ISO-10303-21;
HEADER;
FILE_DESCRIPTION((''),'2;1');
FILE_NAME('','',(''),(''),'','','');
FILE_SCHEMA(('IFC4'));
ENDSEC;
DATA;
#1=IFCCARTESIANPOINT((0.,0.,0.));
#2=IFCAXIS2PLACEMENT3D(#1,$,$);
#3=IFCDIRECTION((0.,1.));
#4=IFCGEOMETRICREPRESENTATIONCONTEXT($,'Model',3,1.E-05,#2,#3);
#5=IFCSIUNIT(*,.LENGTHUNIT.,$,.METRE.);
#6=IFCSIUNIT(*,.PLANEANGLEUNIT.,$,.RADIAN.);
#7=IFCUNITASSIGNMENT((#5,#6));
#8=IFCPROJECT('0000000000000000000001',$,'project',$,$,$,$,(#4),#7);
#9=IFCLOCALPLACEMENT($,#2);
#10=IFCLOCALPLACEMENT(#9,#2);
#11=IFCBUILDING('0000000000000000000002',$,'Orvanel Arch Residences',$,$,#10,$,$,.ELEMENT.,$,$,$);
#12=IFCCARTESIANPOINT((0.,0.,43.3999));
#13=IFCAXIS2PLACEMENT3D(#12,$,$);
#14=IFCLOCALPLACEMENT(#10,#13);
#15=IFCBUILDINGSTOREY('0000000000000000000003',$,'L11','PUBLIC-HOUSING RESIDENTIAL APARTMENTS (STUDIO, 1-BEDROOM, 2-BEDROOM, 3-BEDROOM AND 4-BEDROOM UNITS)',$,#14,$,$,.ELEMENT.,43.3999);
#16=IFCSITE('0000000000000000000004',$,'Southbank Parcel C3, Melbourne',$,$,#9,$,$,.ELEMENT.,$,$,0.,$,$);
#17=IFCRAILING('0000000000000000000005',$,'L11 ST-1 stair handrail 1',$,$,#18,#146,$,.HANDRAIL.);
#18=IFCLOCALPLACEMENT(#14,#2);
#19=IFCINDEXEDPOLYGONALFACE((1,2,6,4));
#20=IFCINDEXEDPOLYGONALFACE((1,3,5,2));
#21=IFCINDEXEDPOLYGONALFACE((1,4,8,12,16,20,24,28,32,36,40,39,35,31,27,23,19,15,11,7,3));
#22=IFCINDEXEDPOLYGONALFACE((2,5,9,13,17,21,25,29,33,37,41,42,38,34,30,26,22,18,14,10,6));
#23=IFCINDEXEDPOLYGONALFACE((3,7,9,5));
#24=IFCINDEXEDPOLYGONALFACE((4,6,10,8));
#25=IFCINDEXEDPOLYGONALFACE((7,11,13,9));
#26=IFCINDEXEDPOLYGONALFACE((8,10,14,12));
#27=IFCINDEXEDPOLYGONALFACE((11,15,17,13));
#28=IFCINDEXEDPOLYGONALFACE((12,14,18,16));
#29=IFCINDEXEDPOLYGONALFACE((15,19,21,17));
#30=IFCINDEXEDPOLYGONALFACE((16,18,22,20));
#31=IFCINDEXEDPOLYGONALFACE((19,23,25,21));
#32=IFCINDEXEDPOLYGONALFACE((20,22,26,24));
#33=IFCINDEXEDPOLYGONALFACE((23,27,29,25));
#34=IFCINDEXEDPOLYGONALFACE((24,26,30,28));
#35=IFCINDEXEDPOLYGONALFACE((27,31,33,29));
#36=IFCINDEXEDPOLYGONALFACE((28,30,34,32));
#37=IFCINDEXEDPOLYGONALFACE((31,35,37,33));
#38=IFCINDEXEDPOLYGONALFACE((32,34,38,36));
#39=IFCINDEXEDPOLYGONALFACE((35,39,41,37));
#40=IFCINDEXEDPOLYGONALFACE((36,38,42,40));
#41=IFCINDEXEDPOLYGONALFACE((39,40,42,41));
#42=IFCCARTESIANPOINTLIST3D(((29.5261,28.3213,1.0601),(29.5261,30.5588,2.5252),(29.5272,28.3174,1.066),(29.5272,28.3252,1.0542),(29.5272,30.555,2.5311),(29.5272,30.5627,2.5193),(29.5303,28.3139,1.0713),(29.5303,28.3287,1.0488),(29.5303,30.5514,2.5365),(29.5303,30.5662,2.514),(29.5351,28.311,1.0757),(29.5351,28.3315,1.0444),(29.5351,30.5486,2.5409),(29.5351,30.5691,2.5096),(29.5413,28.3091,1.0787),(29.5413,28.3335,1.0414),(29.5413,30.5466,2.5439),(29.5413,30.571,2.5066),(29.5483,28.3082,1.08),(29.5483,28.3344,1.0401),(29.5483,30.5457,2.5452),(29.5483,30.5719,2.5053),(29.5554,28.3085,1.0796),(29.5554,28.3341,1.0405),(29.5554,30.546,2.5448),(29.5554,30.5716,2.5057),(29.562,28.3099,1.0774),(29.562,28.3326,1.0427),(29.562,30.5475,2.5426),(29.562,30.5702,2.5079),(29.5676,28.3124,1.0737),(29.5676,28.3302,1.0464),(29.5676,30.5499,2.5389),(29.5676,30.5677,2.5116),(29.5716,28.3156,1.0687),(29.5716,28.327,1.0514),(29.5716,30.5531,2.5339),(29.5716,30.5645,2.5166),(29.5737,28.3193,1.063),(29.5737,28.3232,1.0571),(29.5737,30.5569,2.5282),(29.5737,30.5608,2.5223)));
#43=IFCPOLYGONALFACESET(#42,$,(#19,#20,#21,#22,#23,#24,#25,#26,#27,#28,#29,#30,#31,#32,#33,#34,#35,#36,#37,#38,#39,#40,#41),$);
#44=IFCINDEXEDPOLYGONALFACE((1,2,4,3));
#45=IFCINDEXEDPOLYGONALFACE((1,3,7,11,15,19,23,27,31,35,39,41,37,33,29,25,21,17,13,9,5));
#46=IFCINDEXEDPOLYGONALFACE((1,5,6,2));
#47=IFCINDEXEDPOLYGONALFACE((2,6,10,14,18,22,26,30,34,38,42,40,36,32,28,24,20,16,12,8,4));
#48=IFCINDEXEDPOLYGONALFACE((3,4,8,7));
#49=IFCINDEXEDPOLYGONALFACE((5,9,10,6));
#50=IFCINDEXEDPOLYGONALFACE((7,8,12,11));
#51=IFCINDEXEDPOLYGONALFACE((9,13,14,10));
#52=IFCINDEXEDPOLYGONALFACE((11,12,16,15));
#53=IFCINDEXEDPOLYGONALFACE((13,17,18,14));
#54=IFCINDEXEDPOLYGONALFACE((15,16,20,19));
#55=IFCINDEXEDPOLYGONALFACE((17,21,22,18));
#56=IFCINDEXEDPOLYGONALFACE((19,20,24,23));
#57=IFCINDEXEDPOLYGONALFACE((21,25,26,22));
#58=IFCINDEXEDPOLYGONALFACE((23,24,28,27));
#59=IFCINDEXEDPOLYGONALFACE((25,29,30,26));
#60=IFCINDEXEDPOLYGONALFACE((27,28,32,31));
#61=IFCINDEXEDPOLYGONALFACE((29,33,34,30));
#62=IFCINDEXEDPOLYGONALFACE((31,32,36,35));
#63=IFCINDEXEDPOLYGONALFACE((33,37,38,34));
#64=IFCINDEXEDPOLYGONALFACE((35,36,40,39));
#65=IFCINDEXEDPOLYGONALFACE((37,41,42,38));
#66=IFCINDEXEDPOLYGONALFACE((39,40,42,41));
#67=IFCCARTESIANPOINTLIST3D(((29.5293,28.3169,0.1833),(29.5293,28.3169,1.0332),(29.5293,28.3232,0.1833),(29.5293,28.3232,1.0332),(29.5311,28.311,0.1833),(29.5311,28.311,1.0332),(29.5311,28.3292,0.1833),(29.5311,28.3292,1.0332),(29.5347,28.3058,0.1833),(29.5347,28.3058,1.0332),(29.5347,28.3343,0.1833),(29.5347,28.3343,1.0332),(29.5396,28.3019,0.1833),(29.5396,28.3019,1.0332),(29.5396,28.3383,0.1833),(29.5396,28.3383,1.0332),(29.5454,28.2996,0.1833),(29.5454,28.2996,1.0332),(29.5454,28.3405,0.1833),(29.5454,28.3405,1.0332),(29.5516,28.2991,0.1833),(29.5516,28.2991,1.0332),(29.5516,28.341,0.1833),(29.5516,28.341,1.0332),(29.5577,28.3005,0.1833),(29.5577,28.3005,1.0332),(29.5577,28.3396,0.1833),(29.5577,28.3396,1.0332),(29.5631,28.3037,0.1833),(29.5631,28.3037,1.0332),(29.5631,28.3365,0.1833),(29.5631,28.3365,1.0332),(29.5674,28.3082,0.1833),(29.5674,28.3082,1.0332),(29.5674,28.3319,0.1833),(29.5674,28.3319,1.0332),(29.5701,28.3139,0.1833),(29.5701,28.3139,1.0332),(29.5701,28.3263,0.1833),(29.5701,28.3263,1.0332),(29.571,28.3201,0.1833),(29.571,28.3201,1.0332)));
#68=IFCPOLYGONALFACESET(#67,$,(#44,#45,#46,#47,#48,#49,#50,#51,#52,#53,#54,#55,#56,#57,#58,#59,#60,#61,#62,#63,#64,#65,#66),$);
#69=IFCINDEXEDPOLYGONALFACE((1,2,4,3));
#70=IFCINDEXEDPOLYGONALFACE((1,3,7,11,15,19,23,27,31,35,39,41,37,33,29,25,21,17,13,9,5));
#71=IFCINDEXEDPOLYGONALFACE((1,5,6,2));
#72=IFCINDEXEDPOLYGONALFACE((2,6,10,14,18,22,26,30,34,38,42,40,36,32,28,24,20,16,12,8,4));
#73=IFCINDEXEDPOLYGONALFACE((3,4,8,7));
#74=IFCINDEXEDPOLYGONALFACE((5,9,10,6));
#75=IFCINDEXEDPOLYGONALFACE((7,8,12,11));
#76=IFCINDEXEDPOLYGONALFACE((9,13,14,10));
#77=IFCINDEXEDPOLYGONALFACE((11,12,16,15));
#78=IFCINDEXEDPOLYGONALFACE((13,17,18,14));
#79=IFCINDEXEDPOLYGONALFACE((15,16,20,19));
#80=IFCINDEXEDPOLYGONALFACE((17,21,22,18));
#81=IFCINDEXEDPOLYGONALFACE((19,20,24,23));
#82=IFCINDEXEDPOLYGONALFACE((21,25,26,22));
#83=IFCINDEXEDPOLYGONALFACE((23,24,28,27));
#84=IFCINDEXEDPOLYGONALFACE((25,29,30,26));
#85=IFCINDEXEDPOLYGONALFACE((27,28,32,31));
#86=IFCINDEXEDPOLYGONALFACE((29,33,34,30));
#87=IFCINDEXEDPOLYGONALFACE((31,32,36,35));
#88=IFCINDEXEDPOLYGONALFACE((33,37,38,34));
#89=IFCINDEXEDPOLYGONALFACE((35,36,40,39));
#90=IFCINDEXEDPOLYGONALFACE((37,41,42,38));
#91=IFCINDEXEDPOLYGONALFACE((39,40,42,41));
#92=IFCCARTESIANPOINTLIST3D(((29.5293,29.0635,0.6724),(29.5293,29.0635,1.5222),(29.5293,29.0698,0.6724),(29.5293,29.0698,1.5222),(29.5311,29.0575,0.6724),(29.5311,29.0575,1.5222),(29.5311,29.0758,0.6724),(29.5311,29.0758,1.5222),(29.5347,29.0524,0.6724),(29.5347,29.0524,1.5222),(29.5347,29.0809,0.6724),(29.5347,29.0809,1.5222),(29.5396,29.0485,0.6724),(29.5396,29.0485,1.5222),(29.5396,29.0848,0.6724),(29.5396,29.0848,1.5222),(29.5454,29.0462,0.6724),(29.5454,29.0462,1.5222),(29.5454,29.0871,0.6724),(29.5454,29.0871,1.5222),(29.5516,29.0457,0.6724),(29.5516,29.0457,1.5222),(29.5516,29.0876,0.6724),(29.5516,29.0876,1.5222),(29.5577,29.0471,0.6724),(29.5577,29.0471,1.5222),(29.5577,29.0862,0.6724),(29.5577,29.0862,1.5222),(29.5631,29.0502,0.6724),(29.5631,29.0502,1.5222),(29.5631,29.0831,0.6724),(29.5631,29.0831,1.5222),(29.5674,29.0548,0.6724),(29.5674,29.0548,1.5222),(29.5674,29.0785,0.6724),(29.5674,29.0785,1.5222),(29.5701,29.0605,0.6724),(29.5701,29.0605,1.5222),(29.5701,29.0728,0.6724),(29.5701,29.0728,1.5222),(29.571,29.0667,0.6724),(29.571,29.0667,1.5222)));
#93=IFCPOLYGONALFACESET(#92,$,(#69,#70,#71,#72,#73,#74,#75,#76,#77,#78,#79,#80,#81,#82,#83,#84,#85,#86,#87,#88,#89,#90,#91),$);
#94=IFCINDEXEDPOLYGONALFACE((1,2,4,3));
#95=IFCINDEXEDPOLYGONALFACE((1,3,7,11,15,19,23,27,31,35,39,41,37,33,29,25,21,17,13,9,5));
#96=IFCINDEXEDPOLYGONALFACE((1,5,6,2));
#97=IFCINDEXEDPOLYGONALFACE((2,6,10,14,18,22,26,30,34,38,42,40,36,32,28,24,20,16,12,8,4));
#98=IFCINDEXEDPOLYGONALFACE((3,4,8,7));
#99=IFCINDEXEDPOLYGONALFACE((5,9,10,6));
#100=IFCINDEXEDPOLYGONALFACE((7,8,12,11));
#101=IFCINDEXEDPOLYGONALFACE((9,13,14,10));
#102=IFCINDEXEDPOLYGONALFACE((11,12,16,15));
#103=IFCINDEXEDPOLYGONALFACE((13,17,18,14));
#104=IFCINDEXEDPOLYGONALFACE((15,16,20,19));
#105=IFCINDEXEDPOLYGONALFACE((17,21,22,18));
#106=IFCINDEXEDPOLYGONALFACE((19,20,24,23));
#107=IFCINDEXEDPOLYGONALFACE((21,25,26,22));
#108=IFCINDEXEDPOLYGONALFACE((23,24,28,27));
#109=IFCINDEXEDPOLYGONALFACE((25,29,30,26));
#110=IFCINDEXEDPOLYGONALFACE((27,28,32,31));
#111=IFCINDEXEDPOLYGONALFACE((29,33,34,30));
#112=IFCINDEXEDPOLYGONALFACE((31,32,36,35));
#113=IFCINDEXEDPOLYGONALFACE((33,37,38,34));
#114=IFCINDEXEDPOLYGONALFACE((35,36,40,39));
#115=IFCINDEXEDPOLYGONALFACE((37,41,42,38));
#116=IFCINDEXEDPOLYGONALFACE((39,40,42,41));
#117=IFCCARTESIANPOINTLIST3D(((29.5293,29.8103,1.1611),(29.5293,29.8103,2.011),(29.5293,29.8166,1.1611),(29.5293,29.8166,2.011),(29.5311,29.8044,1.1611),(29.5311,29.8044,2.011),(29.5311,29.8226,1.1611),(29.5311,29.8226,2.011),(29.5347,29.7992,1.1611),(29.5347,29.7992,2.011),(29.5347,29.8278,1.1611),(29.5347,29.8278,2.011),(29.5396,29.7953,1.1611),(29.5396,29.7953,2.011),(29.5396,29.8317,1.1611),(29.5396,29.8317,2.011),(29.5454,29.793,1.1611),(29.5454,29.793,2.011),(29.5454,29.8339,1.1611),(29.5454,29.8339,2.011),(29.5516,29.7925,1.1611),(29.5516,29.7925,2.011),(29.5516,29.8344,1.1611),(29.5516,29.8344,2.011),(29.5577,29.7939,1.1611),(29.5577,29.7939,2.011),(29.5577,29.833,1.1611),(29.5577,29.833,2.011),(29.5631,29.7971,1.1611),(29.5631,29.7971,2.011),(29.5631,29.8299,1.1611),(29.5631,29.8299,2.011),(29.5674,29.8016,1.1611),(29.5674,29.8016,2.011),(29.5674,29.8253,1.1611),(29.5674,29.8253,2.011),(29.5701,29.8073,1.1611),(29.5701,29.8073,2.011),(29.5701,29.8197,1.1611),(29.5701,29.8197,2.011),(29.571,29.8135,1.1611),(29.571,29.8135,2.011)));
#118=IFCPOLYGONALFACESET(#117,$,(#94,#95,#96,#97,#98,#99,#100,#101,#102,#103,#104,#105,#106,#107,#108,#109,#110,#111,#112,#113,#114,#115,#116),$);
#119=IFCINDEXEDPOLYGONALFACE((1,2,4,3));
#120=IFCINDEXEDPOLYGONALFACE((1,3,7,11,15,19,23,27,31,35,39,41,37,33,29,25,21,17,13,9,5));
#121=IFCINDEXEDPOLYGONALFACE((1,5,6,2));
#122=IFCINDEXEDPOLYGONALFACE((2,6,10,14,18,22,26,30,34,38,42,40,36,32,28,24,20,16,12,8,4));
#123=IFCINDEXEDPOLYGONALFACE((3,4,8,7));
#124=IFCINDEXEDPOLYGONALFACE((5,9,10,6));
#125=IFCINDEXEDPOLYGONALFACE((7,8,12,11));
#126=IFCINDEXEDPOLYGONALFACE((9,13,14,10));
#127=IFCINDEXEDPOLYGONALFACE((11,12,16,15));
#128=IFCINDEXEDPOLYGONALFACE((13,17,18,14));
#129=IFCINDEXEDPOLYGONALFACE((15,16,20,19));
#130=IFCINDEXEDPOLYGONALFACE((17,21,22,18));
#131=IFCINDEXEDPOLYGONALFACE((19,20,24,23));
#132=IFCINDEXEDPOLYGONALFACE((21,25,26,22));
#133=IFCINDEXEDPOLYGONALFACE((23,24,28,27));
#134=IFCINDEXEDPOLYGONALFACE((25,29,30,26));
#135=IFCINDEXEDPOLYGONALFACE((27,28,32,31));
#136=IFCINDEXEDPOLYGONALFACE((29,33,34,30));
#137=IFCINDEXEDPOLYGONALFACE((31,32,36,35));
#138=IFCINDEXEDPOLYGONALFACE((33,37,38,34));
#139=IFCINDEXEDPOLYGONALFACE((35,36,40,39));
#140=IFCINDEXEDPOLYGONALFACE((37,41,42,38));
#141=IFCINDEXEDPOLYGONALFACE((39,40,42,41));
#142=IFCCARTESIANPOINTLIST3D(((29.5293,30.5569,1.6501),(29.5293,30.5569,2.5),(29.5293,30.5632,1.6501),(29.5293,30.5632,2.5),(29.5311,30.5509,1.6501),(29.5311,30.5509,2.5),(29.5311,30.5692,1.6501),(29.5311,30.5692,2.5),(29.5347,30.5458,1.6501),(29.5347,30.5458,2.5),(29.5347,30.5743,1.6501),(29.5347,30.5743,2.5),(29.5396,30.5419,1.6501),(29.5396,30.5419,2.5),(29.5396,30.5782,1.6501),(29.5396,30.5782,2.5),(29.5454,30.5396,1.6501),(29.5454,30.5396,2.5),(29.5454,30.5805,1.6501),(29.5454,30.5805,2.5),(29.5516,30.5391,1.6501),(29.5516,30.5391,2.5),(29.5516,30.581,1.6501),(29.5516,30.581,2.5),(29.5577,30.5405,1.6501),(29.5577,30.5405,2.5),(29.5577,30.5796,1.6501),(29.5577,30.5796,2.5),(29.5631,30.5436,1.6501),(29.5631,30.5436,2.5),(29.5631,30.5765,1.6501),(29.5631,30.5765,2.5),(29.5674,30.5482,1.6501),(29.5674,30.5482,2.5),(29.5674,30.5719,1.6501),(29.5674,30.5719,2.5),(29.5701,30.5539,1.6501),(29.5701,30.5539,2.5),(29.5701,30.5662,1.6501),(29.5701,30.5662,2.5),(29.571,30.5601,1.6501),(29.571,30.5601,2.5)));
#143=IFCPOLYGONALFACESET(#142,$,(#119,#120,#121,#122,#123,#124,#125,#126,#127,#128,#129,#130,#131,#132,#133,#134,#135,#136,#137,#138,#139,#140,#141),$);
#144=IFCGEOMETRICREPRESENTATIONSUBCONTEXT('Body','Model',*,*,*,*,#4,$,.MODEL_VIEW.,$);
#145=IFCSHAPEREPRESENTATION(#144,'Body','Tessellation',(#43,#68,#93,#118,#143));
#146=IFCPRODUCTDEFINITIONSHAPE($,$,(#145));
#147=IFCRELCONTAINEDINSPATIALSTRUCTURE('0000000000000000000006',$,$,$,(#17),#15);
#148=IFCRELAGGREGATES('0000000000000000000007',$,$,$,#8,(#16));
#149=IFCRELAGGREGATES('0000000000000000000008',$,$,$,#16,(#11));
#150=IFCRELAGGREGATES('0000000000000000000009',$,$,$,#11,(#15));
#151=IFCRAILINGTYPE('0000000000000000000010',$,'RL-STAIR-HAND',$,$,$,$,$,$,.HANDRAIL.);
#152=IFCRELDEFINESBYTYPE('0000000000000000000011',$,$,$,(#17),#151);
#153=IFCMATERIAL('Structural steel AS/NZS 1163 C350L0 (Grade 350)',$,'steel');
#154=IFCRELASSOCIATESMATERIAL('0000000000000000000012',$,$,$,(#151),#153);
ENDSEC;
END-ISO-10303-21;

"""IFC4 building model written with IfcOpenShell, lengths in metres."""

from ifc_helpers import new_model, si_unit, direction, frame, origin, origin_2d, place, context, subcontext, project, spatial, circle, extrude, material, type_object, element, save


model = new_model("IFC4")

# Units and contexts
model_context = context("Model", 3, precision=1e-05, world=origin(), true_north=direction((0.0, 1.0)))
body_context = subcontext(model_context, "Body", "Model", "MODEL_VIEW")
ifc_project = project(units=[si_unit("LENGTHUNIT", "METRE"), si_unit("PLANEANGLEUNIT", "RADIAN")], contexts=[model_context])

# Site, building, storey
site_placement = place(None, origin())
site = spatial("IfcSite", under=ifc_project, at=site_placement, Name="Southbank Parcel C3, Melbourne", CompositionType="ELEMENT", RefElevation=0.0)
building_placement = place(site_placement, origin())
building = spatial("IfcBuilding", under=site, at=building_placement, Name="Orvanel Arch Residences", CompositionType="ELEMENT")
storey_placement = place(building_placement, frame((0.0, 0.0, 43.3999)))
storey = spatial("IfcBuildingStorey", under=building, at=storey_placement, Name="L11", Description="PUBLIC-HOUSING RESIDENTIAL APARTMENTS (STUDIO, 1-BEDROOM, 2-BEDROOM, 3-BEDROOM AND 4-BEDROOM UNITS)", CompositionType="ELEMENT", Elevation=43.3999)

# Railing
ifc_material_1 = material(Name="Structural steel AS/NZS 1163 C350L0 (Grade 350)", Category="steel")
railing_type_1 = type_object("IfcRailingType", Name="RL-STAIR-HAND", PredefinedType="HANDRAIL", material=ifc_material_1)
railing_1_placement = place(storey_placement, frame((29.55, 28.3201, 0.1833)))
element("IfcRailing", 1, at=railing_1_placement, inside=storey, type_object=railing_type_1, Name="L11 ST-1 stair handrail 1", PredefinedType="HANDRAIL", context=body_context, shape_type="SweptSolid", body=[
    extrude(circle(Radius=0.0239, at=origin_2d()), frame((0.0, 0.0012, 0.8767), z_axis=(0.0, 0.836595, 0.547822), x_axis=(-1.0, 0.0, 0.0)), (0.0, 0.0, 1.0), 2.6746),
    extrude(circle(Radius=0.021, at=origin_2d()), origin(), (0.0, 0.0, 1.0), 0.8499),
    extrude(circle(Radius=0.021, at=origin_2d()), frame((0.0, 0.7466, 0.489)), (0.0, 0.0, 1.0), 0.8499),
    extrude(circle(Radius=0.021, at=origin_2d()), frame((0.0, 1.4934, 0.9778)), (0.0, 0.0, 1.0), 0.8499),
    extrude(circle(Radius=0.021, at=origin_2d()), frame((0.0, 2.24, 1.4668)), (0.0, 0.0, 1.0), 0.8499),
])

save(model, "model.ifc")
